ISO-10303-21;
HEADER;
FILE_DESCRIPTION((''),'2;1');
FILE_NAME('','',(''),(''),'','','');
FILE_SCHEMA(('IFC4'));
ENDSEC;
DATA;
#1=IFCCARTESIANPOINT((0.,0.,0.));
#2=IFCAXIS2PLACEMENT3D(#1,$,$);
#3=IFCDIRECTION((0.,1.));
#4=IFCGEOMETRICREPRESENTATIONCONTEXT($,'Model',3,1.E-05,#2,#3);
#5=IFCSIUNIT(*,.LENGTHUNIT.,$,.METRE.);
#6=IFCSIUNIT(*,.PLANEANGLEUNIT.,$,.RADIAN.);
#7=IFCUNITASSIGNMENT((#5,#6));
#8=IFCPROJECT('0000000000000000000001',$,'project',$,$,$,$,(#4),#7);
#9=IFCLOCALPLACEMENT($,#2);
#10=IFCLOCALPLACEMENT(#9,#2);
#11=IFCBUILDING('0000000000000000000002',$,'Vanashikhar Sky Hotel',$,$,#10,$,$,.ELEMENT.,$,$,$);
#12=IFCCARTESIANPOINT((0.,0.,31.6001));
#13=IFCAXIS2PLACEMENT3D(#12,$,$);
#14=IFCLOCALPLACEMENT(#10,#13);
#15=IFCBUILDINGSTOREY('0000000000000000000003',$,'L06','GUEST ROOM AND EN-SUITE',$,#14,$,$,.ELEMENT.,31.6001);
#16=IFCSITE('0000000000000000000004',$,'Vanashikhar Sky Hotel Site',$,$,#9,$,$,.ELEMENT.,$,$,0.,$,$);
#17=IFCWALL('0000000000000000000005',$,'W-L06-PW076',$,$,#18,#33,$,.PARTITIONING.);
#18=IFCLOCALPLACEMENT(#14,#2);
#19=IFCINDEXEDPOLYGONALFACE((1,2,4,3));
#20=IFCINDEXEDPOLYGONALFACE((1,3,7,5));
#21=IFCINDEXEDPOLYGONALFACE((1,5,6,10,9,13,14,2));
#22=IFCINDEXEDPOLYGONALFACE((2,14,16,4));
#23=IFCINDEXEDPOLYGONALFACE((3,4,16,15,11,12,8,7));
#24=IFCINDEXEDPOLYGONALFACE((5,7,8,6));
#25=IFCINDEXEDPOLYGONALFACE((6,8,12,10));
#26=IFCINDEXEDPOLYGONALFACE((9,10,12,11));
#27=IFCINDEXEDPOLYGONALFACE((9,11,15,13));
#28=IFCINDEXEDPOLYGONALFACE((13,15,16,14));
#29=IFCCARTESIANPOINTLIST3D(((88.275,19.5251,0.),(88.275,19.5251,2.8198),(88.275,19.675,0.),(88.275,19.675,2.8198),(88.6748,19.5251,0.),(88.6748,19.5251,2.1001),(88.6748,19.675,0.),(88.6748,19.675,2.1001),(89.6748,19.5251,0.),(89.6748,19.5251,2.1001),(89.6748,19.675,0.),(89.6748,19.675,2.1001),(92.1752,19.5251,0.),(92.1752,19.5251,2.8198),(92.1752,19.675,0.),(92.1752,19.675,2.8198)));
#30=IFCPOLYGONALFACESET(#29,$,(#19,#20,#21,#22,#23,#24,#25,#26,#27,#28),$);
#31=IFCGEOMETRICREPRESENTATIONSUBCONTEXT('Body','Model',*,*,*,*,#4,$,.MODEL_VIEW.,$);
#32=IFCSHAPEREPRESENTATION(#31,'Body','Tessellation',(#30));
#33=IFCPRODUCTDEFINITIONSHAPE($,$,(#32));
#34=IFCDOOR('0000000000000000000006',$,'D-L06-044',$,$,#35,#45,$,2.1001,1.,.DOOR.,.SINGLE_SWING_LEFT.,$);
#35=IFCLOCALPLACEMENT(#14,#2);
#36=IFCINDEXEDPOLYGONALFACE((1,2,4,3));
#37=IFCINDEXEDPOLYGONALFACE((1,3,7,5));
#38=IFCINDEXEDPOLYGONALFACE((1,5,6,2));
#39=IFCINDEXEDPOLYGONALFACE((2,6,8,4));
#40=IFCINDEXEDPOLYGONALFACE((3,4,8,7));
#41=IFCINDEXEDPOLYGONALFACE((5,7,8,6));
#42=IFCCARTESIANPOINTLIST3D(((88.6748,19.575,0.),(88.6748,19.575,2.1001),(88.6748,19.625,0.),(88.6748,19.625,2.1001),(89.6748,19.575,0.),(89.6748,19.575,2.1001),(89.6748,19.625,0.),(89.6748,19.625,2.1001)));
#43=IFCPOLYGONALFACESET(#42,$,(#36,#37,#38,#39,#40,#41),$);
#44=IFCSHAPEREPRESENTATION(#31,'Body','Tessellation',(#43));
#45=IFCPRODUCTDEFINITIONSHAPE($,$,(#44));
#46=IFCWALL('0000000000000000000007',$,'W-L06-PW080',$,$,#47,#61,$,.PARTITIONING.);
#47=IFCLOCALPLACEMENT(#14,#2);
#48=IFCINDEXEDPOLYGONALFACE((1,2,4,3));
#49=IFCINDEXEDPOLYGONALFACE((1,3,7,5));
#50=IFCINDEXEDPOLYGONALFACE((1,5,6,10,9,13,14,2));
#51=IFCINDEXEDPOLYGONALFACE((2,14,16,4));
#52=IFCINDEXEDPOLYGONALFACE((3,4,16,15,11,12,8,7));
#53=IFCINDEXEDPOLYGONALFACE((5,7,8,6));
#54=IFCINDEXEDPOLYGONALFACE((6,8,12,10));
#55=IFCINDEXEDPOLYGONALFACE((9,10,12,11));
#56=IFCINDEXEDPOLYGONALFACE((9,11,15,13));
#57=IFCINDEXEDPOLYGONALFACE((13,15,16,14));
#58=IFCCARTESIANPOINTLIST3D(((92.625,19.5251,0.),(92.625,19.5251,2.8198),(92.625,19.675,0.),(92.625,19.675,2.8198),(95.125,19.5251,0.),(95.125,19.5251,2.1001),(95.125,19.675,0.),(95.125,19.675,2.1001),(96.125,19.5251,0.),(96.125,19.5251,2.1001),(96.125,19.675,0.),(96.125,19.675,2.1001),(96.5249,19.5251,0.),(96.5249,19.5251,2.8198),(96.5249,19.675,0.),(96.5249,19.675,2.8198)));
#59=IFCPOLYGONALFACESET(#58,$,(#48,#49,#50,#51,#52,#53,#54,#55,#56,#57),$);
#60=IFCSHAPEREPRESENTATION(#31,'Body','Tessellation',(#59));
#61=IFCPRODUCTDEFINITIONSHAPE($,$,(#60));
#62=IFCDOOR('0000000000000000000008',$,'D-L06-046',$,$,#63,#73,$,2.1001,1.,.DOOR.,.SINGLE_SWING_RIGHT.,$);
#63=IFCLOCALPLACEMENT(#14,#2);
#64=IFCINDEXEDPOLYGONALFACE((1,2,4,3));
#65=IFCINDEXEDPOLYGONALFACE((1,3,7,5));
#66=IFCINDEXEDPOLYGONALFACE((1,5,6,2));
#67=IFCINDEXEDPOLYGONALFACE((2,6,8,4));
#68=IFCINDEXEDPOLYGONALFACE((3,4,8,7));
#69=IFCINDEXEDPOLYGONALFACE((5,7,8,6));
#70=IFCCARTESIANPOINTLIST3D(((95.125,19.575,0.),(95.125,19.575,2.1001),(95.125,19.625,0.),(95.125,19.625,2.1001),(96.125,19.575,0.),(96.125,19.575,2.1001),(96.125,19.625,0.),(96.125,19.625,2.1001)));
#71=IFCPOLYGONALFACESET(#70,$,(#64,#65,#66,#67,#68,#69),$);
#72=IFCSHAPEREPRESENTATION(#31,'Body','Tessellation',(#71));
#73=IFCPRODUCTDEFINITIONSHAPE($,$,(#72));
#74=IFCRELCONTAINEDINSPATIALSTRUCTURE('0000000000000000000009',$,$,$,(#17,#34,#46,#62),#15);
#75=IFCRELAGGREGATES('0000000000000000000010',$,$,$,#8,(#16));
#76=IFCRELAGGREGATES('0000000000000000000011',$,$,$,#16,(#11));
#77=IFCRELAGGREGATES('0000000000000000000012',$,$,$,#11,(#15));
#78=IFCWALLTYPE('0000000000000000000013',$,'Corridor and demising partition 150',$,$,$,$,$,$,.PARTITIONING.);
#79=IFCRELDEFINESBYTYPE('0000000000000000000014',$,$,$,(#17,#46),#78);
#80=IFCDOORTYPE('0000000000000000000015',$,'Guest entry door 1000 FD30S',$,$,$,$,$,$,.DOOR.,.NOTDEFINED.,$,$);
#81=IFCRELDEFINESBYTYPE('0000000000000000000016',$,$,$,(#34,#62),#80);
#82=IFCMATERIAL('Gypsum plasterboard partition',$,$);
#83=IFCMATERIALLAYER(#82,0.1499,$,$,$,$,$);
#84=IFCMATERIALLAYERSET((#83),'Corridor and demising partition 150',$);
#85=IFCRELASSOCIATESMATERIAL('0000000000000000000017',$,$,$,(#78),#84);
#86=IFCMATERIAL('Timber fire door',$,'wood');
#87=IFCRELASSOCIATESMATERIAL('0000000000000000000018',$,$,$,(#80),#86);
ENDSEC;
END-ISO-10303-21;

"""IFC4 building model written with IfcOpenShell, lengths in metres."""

from ifc_helpers import new_model, si_unit, direction, frame, frame_2d, origin, place, context, subcontext, project, spatial, rectangle, extrude, source, transform, mapped, material, layer, layer_set, type_object, element, fill, save


model = new_model("IFC4")

# Units and contexts
model_context = context("Model", 3, precision=1e-05, world=origin(), true_north=direction((0.0, 1.0)))
body_context = subcontext(model_context, "Body", "Model", "MODEL_VIEW")
ifc_project = project(units=[si_unit("LENGTHUNIT", "METRE"), si_unit("PLANEANGLEUNIT", "RADIAN")], contexts=[model_context])

# Site, building, storey
site_placement = place(None, origin())
site = spatial("IfcSite", under=ifc_project, at=site_placement, Name="Vanashikhar Sky Hotel Site", CompositionType="ELEMENT", RefElevation=0.0)
building_placement = place(site_placement, origin())
building = spatial("IfcBuilding", under=site, at=building_placement, Name="Vanashikhar Sky Hotel", CompositionType="ELEMENT")
storey_placement = place(building_placement, frame((0.0, 0.0, 31.6001)))
storey = spatial("IfcBuildingStorey", under=building, at=storey_placement, Name="L06", Description="GUEST ROOM AND EN-SUITE", CompositionType="ELEMENT", Elevation=31.6001)

# Shared definitions
ifc_material_1 = material(Name="Gypsum plasterboard partition")

# Shared definitions
ifc_layer_1 = layer(ifc_material_1, 0.1499)
ifc_layer_set_1 = layer_set([ifc_layer_1], Name="Corridor and demising partition 150")
wall_type_1 = type_object("IfcWallType", Name="Corridor and demising partition 150", PredefinedType="PARTITIONING", material=ifc_layer_set_1)

# Walls, openings, doors
shared_shape_1 = source(origin(), body_context, "Body", "SweptSolid", [
    extrude(rectangle(XDim=1.0, YDim=2.1001, at=frame_2d((0.5, 1.05))), frame((0.0, 0.085, 0.0), z_axis=(0.0, -1.0, 0.0), x_axis=(1.0, 0.0, 0.0)), (0.0, 0.0, 1.0), 0.1699),
])
ifc_material_2 = material(Name="Timber fire door", Category="wood")
door_type_1 = type_object("IfcDoorType", Name="Guest entry door 1000 FD30S", OperationType="NOTDEFINED", PredefinedType="DOOR", material=ifc_material_2)
shared_shape_2 = source(origin(), body_context, "Body", "SweptSolid", [
    extrude(rectangle(XDim=1.0, YDim=2.1001, at=frame_2d((0.5, 1.05))), frame((0.0, 0.0249, 0.0), z_axis=(0.0, -1.0, 0.0), x_axis=(1.0, 0.0, 0.0)), (0.0, 0.0, 1.0), 0.05),
])
shared_shape_3 = source(origin(), body_context, "Body", "SweptSolid", [
    extrude(rectangle(XDim=3.9001, YDim=0.1499, at=frame_2d((1.9502, 0.0))), origin(), (0.0, 0.0, 1.0), 2.8198),
])
wall_1_placement = place(storey_placement, frame((88.2749, 19.6001, 0.0), z_axis=(0.0, 0.0, 1.0), x_axis=(1.0, 0.0, 0.0)))
wall_1 = element("IfcWall", 1, at=wall_1_placement, inside=storey, type_object=wall_type_1, Name="W-L06-PW076", PredefinedType="PARTITIONING", context=body_context, shape_type="MappedRepresentation", body=[
    mapped(shared_shape_3, transform((0.0, 0.0, 0.0), scale=1.0)),
])
opening_1_placement = place(wall_1_placement, frame((0.3999, 0.0, 0.0)))
opening_1 = element("IfcOpeningElement", 2, at=opening_1_placement, cuts=wall_1, PredefinedType="OPENING", context=body_context, shape_type="MappedRepresentation", body=[
    mapped(shared_shape_1, transform((0.0, 0.0, 0.0), scale=1.0)),
])
door_1_placement = place(opening_1_placement, origin())
door_1 = element("IfcDoor", 3, at=door_1_placement, inside=storey, type_object=door_type_1, Name="D-L06-044", OperationType="SINGLE_SWING_LEFT", OverallHeight=2.1001, OverallWidth=1.0, PredefinedType="DOOR", context=body_context, shape_type="MappedRepresentation", body=[
    mapped(shared_shape_2, transform((0.0, 0.0, 0.0), scale=1.0)),
])
fill(opening_1, door_1)
shared_shape_4 = source(origin(), body_context, "Body", "SweptSolid", [
    extrude(rectangle(XDim=3.8999, YDim=0.1499, at=frame_2d((1.95, 0.0))), origin(), (0.0, 0.0, 1.0), 2.8198),
])
wall_2_placement = place(storey_placement, frame((92.625, 19.6001, 0.0), z_axis=(0.0, 0.0, 1.0), x_axis=(1.0, 0.0, 0.0)))
wall_2 = element("IfcWall", 4, at=wall_2_placement, inside=storey, type_object=wall_type_1, Name="W-L06-PW080", PredefinedType="PARTITIONING", context=body_context, shape_type="MappedRepresentation", body=[
    mapped(shared_shape_4, transform((0.0, 0.0, 0.0), scale=1.0)),
])
opening_2_placement = place(wall_2_placement, frame((2.5, 0.0, 0.0)))
opening_2 = element("IfcOpeningElement", 5, at=opening_2_placement, cuts=wall_2, PredefinedType="OPENING", context=body_context, shape_type="MappedRepresentation", body=[
    mapped(shared_shape_1, transform((0.0, 0.0, 0.0), scale=1.0)),
])
door_2_placement = place(opening_2_placement, origin())
door_2 = element("IfcDoor", 6, at=door_2_placement, inside=storey, type_object=door_type_1, Name="D-L06-046", OperationType="SINGLE_SWING_RIGHT", OverallHeight=2.1001, OverallWidth=1.0, PredefinedType="DOOR", context=body_context, shape_type="MappedRepresentation", body=[
    mapped(shared_shape_2, transform((0.0, 0.0, 0.0), scale=1.0)),
])
fill(opening_2, door_2)

save(model, "model.ifc")
